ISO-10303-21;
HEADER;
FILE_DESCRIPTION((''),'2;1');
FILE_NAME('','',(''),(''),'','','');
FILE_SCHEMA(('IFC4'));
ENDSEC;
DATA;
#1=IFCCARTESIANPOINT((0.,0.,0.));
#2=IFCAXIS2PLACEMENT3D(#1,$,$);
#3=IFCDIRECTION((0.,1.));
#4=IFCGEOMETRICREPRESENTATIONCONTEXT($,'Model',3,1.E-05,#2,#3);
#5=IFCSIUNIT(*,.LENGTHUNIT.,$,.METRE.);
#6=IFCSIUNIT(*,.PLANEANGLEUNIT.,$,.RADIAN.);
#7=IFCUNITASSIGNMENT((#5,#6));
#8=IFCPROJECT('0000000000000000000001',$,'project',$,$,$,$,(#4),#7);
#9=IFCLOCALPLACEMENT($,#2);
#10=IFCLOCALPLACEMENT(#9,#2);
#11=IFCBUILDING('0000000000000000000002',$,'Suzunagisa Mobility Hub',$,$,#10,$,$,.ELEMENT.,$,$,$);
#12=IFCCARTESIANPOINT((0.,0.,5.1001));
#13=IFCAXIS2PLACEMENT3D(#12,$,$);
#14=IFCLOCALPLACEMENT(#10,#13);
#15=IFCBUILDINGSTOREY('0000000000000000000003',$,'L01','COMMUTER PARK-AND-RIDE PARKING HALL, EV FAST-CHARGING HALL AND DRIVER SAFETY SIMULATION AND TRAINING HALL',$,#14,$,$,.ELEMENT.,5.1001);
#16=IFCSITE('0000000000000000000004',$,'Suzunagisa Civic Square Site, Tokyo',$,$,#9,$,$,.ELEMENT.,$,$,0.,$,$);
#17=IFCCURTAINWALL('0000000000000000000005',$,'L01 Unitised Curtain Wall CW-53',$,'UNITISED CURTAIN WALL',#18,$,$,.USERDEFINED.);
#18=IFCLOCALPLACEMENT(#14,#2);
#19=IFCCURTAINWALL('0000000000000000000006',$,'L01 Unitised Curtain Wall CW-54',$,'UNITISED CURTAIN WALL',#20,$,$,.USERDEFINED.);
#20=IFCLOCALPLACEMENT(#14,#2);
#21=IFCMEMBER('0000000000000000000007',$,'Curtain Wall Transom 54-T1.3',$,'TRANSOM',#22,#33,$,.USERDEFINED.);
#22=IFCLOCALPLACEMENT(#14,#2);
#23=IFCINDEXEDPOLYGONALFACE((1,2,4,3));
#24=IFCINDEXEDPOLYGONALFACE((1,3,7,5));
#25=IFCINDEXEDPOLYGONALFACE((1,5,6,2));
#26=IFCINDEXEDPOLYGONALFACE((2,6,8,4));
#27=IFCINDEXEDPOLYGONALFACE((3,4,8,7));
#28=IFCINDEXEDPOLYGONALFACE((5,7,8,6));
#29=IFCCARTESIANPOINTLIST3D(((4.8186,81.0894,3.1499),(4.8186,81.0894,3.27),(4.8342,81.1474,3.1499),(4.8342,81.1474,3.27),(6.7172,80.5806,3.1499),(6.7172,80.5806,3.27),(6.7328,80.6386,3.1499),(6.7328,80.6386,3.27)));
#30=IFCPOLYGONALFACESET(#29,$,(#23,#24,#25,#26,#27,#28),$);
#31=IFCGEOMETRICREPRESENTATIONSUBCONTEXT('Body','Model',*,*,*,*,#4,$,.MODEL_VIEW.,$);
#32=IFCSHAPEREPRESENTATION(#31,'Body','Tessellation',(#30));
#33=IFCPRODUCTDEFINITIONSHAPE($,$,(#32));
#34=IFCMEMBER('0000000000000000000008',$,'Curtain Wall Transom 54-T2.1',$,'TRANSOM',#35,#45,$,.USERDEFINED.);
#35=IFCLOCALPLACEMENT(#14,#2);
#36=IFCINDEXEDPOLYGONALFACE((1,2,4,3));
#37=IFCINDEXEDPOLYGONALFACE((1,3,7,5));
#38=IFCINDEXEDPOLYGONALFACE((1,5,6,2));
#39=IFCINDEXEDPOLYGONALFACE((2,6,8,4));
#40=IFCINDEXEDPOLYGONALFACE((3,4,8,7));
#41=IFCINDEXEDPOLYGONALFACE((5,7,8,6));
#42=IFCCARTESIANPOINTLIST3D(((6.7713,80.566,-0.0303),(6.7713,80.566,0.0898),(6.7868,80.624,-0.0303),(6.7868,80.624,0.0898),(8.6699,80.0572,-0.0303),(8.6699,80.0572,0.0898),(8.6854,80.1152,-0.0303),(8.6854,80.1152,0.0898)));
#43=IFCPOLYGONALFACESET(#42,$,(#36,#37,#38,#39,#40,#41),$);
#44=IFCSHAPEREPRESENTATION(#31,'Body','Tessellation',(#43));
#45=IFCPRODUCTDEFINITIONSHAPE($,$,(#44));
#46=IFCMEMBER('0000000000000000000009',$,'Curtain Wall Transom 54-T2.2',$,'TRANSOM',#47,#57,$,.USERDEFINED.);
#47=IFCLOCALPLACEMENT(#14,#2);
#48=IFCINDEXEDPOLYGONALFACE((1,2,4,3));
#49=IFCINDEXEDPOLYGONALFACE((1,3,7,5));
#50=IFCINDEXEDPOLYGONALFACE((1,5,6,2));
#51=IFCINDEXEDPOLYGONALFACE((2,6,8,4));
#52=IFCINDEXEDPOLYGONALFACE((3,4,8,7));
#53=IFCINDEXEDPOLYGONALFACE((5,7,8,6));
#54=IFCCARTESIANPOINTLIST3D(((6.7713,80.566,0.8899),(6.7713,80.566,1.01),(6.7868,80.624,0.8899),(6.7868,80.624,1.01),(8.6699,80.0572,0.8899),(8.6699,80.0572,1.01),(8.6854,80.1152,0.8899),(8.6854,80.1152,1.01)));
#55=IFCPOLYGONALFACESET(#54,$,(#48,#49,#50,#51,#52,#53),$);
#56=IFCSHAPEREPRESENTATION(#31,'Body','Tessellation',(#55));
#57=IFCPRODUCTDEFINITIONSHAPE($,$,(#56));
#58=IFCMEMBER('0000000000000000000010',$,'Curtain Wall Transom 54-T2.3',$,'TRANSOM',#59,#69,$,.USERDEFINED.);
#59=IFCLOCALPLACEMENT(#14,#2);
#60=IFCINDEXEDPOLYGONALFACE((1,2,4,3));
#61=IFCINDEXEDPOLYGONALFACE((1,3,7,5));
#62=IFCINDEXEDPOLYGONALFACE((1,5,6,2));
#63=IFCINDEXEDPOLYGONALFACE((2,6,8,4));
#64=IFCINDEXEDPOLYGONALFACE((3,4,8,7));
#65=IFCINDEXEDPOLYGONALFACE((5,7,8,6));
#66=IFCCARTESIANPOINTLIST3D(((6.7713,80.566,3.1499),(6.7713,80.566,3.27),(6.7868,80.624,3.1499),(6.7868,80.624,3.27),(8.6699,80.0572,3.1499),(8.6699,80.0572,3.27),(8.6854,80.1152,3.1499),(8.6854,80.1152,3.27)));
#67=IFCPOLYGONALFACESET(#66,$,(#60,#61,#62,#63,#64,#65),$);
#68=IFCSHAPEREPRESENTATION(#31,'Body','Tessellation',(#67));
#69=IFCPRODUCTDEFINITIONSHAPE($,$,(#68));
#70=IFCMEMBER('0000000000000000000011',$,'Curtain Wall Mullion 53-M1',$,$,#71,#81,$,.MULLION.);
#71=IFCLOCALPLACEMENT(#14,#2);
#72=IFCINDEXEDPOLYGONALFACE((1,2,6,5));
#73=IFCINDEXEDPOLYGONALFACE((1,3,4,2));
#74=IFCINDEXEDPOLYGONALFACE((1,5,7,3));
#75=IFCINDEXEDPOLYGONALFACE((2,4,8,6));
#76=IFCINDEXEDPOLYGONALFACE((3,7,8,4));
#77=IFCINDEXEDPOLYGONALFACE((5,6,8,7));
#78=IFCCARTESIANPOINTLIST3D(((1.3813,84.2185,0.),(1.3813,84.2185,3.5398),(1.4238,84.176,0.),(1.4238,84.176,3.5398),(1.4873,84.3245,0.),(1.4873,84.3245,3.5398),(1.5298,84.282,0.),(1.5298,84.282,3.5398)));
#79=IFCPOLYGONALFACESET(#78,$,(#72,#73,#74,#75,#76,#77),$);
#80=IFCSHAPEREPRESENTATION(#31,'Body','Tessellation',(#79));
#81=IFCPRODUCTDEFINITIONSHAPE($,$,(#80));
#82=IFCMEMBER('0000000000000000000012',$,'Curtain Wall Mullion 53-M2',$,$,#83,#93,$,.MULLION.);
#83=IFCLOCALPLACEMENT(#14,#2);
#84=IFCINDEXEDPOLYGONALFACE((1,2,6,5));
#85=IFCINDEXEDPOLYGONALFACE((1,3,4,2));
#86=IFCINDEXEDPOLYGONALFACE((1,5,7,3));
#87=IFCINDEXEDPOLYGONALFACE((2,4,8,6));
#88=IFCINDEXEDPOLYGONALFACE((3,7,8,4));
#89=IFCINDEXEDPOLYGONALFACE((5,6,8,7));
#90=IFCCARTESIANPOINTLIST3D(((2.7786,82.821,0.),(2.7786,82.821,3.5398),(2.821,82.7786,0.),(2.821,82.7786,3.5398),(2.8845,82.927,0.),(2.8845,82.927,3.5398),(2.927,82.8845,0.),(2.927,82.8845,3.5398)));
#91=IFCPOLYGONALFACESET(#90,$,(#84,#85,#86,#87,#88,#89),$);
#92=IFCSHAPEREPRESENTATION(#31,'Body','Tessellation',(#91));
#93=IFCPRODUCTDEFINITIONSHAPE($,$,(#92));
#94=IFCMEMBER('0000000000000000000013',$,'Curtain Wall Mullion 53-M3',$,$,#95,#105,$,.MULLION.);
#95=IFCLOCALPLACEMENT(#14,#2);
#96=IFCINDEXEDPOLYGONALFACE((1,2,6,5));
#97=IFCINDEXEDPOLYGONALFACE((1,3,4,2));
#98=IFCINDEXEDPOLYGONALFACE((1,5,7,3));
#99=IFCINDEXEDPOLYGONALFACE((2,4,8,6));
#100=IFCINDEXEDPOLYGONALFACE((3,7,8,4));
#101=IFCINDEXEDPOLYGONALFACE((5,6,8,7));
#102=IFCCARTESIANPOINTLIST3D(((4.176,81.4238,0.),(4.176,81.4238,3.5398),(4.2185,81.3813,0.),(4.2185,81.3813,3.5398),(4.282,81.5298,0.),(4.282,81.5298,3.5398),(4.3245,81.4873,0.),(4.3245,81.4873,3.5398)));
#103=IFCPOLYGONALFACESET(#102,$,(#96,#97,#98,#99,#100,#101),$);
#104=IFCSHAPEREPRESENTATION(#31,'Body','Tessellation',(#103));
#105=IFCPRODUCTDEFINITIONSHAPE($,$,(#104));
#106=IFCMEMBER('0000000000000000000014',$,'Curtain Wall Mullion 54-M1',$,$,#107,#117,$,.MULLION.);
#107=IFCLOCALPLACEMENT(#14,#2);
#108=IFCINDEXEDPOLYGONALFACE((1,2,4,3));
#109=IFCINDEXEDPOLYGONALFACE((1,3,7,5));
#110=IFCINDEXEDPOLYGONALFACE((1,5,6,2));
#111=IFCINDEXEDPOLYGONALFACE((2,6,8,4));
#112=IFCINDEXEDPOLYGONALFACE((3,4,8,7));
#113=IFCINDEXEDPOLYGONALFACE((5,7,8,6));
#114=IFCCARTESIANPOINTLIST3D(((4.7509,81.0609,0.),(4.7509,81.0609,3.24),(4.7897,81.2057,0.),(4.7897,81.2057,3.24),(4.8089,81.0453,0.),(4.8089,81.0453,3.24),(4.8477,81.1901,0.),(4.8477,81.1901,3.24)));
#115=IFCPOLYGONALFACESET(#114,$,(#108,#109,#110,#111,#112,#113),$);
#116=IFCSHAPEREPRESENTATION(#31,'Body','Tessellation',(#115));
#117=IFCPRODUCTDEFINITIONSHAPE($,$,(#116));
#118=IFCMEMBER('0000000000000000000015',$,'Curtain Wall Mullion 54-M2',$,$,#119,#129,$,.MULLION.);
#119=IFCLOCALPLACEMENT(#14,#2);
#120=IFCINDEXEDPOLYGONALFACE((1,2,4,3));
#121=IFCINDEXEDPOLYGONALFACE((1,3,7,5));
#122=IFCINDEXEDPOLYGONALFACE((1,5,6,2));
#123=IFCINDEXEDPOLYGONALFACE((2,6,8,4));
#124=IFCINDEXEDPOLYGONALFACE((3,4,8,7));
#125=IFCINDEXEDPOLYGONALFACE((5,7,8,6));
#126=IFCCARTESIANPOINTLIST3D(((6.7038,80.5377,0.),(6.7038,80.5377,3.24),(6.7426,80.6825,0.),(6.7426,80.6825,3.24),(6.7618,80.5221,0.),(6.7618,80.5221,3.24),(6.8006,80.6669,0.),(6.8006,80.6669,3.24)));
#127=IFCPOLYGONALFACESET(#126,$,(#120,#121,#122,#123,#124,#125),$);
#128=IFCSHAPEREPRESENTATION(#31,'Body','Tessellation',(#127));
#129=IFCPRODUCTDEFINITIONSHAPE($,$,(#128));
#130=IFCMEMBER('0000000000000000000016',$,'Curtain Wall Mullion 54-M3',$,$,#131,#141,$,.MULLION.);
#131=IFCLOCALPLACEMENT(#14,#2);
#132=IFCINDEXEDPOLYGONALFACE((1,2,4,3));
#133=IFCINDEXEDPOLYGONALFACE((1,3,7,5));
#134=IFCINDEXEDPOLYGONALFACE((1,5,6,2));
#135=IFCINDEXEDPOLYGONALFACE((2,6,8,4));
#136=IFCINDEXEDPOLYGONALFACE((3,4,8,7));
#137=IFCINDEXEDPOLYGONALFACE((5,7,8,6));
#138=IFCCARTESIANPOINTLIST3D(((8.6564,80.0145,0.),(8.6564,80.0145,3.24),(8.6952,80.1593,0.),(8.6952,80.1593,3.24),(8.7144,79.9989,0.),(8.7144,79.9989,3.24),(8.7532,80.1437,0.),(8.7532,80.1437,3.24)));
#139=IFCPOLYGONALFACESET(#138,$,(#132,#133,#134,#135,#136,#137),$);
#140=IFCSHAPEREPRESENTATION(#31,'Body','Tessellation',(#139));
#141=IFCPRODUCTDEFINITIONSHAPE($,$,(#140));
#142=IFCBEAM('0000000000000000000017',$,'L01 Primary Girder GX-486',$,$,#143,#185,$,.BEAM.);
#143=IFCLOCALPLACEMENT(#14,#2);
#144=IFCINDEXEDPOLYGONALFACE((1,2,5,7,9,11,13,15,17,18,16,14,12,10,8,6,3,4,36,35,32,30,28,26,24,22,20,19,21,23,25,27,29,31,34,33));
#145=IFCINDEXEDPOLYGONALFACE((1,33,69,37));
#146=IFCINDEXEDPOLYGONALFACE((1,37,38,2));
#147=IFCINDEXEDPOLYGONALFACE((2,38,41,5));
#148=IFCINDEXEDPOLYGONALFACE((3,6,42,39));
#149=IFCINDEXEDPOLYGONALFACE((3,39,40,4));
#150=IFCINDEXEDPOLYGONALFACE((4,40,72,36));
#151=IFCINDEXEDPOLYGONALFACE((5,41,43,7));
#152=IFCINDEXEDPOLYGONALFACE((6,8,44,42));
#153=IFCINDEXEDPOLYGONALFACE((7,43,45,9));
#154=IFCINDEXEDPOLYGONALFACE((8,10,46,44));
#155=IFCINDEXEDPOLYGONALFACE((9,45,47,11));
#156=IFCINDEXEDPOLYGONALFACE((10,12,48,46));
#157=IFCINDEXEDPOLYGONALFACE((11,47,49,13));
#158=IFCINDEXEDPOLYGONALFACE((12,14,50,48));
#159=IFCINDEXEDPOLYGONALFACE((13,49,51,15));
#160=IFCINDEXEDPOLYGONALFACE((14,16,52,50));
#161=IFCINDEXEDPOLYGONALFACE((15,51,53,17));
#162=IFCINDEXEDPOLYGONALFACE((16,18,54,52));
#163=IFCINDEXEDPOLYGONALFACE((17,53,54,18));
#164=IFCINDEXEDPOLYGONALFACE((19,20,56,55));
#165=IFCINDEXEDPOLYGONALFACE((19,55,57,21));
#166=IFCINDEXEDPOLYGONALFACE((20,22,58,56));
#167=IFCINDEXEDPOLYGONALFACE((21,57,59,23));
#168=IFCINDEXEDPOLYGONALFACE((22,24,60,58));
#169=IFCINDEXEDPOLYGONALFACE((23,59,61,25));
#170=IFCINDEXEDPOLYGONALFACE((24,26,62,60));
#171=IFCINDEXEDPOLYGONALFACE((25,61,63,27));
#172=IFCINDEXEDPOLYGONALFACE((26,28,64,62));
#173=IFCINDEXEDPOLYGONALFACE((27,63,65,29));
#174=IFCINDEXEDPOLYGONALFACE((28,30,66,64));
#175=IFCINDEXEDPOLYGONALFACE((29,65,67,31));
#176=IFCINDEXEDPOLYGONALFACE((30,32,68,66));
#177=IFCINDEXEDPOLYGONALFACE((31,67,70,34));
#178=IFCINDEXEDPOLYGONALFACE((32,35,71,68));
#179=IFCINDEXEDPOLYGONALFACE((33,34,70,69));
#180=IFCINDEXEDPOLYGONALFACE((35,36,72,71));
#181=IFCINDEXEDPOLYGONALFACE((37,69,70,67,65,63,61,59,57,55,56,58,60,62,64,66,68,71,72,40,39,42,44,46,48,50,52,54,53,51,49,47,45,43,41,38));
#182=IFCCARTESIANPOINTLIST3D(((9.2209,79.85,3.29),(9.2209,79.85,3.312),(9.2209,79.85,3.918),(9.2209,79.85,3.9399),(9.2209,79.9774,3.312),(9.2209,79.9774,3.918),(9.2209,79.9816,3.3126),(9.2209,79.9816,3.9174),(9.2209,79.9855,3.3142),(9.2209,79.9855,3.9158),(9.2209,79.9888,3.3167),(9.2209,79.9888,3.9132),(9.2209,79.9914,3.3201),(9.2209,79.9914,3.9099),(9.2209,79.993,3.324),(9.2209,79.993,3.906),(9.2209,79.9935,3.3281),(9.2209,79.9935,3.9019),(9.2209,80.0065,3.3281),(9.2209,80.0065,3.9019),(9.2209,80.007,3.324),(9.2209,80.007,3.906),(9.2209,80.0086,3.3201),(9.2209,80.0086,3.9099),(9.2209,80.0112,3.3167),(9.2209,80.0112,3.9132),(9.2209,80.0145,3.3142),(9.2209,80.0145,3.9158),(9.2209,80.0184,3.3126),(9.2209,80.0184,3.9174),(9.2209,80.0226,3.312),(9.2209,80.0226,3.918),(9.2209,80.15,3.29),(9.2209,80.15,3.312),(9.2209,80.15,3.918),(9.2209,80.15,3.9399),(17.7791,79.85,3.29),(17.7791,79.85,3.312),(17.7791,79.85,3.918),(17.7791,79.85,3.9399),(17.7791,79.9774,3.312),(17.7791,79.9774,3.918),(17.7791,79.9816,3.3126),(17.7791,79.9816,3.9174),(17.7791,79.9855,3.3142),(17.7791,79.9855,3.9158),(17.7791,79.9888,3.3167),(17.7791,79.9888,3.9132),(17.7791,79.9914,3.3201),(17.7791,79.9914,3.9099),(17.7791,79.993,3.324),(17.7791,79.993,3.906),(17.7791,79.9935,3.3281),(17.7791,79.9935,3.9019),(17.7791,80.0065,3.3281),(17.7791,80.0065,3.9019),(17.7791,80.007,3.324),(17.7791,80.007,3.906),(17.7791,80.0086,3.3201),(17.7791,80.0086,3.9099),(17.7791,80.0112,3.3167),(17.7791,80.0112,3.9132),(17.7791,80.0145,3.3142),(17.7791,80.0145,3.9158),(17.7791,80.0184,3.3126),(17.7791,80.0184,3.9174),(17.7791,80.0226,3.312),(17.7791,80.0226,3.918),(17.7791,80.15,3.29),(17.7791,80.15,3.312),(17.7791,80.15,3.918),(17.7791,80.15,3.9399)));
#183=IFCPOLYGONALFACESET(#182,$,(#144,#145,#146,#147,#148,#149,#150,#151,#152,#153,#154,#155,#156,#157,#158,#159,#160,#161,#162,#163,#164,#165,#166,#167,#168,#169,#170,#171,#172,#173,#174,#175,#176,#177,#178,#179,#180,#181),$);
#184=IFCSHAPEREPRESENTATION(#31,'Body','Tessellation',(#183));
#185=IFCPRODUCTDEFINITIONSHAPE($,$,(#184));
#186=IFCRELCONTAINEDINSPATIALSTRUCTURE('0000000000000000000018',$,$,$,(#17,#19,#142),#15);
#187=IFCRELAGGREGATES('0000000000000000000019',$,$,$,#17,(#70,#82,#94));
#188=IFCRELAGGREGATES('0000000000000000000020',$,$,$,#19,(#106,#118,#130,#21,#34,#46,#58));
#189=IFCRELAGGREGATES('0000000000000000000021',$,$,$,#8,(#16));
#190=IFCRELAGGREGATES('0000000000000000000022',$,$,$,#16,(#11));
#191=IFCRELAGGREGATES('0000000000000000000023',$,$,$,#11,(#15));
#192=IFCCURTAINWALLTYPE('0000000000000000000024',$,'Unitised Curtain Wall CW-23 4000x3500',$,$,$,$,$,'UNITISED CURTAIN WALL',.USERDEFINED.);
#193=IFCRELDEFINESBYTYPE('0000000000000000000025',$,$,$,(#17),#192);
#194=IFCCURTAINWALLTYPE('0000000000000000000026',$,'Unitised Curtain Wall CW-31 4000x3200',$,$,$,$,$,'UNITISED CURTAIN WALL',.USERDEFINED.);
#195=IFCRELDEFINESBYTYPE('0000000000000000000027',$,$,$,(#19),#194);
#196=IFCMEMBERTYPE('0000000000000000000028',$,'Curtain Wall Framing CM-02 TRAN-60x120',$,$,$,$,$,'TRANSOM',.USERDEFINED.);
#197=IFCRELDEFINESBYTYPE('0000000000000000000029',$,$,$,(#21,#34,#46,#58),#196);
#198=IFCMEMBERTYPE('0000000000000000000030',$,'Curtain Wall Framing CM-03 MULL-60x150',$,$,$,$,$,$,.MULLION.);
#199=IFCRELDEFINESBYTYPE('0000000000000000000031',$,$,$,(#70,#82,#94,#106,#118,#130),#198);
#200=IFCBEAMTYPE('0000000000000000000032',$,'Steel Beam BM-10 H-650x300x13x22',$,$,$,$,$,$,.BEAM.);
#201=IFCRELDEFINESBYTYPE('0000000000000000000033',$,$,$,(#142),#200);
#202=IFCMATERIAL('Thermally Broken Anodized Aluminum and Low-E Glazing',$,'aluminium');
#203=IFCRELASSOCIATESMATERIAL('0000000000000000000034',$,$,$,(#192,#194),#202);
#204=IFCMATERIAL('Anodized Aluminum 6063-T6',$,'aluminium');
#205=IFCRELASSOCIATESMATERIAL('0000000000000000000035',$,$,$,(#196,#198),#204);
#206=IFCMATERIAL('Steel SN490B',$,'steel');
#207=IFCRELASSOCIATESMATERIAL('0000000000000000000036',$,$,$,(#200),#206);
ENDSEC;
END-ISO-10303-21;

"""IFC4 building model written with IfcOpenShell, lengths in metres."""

from ifc_helpers import new_model, si_unit, direction, frame, origin, origin_2d, place, context, subcontext, project, spatial, rectangle, i_section, extrude, material, material_profile, profile_set, type_object, element, aggregate, save


model = new_model("IFC4")

# Units and contexts
model_context = context("Model", 3, precision=1e-05, world=origin(), true_north=direction((0.0, 1.0)))
body_context = subcontext(model_context, "Body", "Model", "MODEL_VIEW")
ifc_project = project(units=[si_unit("LENGTHUNIT", "METRE"), si_unit("PLANEANGLEUNIT", "RADIAN")], contexts=[model_context])

# Site, building, storey
site_placement = place(None, origin())
site = spatial("IfcSite", under=ifc_project, at=site_placement, Name="Suzunagisa Civic Square Site, Tokyo", CompositionType="ELEMENT", RefElevation=0.0)
building_placement = place(site_placement, origin())
building = spatial("IfcBuilding", under=site, at=building_placement, Name="Suzunagisa Mobility Hub", CompositionType="ELEMENT")
storey_placement = place(building_placement, frame((0.0, 0.0, 5.1001)))
storey = spatial("IfcBuildingStorey", under=building, at=storey_placement, Name="L01", Description="COMMUTER PARK-AND-RIDE PARKING HALL, EV FAST-CHARGING HALL AND DRIVER SAFETY SIMULATION AND TRAINING HALL", CompositionType="ELEMENT", Elevation=5.1001)

# Shared definitions
ifc_material_1 = material(Name="Steel SN490B", Category="steel")

# Curtain walls, members
ifc_material_2 = material(Name="Thermally Broken Anodized Aluminum and Low-E Glazing", Category="aluminium")
curtain_wall_type_1 = type_object("IfcCurtainWallType", Name="Unitised Curtain Wall CW-23 4000x3500", ElementType="UNITISED CURTAIN WALL", PredefinedType="USERDEFINED", material=ifc_material_2)
curtain_wall_1_placement = place(storey_placement, origin())
curtain_wall_1 = element("IfcCurtainWall", 1, at=curtain_wall_1_placement, inside=storey, type_object=curtain_wall_type_1, Name="L01 Unitised Curtain Wall CW-53", ObjectType="UNITISED CURTAIN WALL", PredefinedType="USERDEFINED")
ifc_material_3 = material(Name="Anodized Aluminum 6063-T6", Category="aluminium")
ifc_material_profile_1 = material_profile(ifc_material_3, rectangle(XDim=0.0601, YDim=0.1201, at=origin_2d()), Name="TRAN-60x120")
ifc_profile_set_1 = profile_set([ifc_material_profile_1], Name="Anodized Aluminum 6063-T6")
member_type_1 = type_object("IfcMemberType", Name="Curtain Wall Framing CM-02 TRAN-60x120", ElementType="TRANSOM", PredefinedType="USERDEFINED", material=ifc_profile_set_1)
curtain_wall_type_2 = type_object("IfcCurtainWallType", Name="Unitised Curtain Wall CW-31 4000x3200", ElementType="UNITISED CURTAIN WALL", PredefinedType="USERDEFINED", material=ifc_material_2)
curtain_wall_2_placement = place(storey_placement, origin())
curtain_wall_2 = element("IfcCurtainWall", 2, at=curtain_wall_2_placement, inside=storey, type_object=curtain_wall_type_2, Name="L01 Unitised Curtain Wall CW-54", ObjectType="UNITISED CURTAIN WALL", PredefinedType="USERDEFINED")
member_1_placement = place(storey_placement, frame((4.8264, 81.1184, 3.21), z_axis=(0.965921, -0.258837, 0.0), x_axis=(0.258837, 0.965921, 0.0)))
member_1 = element("IfcMember", 3, at=member_1_placement, type_object=member_type_1, Name="Curtain Wall Transom 54-T1.3", ObjectType="TRANSOM", PredefinedType="USERDEFINED", context=body_context, shape_type="SweptSolid", body=[
    extrude(rectangle(XDim=0.0601, YDim=0.1201, at=origin_2d()), origin(), (0.0, 0.0, 1.0), 1.9656),
])
member_2_placement = place(storey_placement, frame((6.7791, 80.595, 0.0298), z_axis=(0.965921, -0.258837, 0.0), x_axis=(0.258837, 0.965921, 0.0)))
member_2 = element("IfcMember", 4, at=member_2_placement, type_object=member_type_1, Name="Curtain Wall Transom 54-T2.1", ObjectType="TRANSOM", PredefinedType="USERDEFINED", context=body_context, shape_type="SweptSolid", body=[
    extrude(rectangle(XDim=0.0601, YDim=0.1201, at=origin_2d()), origin(), (0.0, 0.0, 1.0), 1.9656),
])
member_3_placement = place(storey_placement, frame((6.7791, 80.595, 0.95), z_axis=(0.965921, -0.258837, 0.0), x_axis=(0.258837, 0.965921, 0.0)))
member_3 = element("IfcMember", 5, at=member_3_placement, type_object=member_type_1, Name="Curtain Wall Transom 54-T2.2", ObjectType="TRANSOM", PredefinedType="USERDEFINED", context=body_context, shape_type="SweptSolid", body=[
    extrude(rectangle(XDim=0.0601, YDim=0.1201, at=origin_2d()), origin(), (0.0, 0.0, 1.0), 1.9656),
])
member_4_placement = place(storey_placement, frame((6.7791, 80.595, 3.21), z_axis=(0.965921, -0.258837, 0.0), x_axis=(0.258837, 0.965921, 0.0)))
member_4 = element("IfcMember", 6, at=member_4_placement, type_object=member_type_1, Name="Curtain Wall Transom 54-T2.3", ObjectType="TRANSOM", PredefinedType="USERDEFINED", context=body_context, shape_type="SweptSolid", body=[
    extrude(rectangle(XDim=0.0601, YDim=0.1201, at=origin_2d()), origin(), (0.0, 0.0, 1.0), 1.9656),
])

# Members
ifc_material_profile_2 = material_profile(ifc_material_3, rectangle(XDim=0.0601, YDim=0.1499, at=origin_2d()), Name="MULL-60x150")
ifc_profile_set_2 = profile_set([ifc_material_profile_2], Name="Anodized Aluminum 6063-T6")
member_type_2 = type_object("IfcMemberType", Name="Curtain Wall Framing CM-03 MULL-60x150", PredefinedType="MULLION", material=ifc_profile_set_2)
member_5_placement = place(storey_placement, frame((1.4556, 84.2502, 0.0), z_axis=(0.0, 0.0, 1.0), x_axis=(0.707107, -0.707107, 0.0)))
member_5 = element("IfcMember", 7, at=member_5_placement, type_object=member_type_2, Name="Curtain Wall Mullion 53-M1", PredefinedType="MULLION", context=body_context, shape_type="SweptSolid", body=[
    extrude(rectangle(XDim=0.0601, YDim=0.1499, at=origin_2d()), origin(), (0.0, 0.0, 1.0), 3.5398),
])
member_6_placement = place(storey_placement, frame((2.8528, 82.8528, 0.0), z_axis=(0.0, 0.0, 1.0), x_axis=(0.707107, -0.707107, 0.0)))
member_6 = element("IfcMember", 8, at=member_6_placement, type_object=member_type_2, Name="Curtain Wall Mullion 53-M2", PredefinedType="MULLION", context=body_context, shape_type="SweptSolid", body=[
    extrude(rectangle(XDim=0.0601, YDim=0.1499, at=origin_2d()), origin(), (0.0, 0.0, 1.0), 3.5398),
])
member_7_placement = place(storey_placement, frame((4.2502, 81.4556, 0.0), z_axis=(0.0, 0.0, 1.0), x_axis=(0.707107, -0.707107, 0.0)))
member_7 = element("IfcMember", 9, at=member_7_placement, type_object=member_type_2, Name="Curtain Wall Mullion 53-M3", PredefinedType="MULLION", context=body_context, shape_type="SweptSolid", body=[
    extrude(rectangle(XDim=0.0601, YDim=0.1499, at=origin_2d()), origin(), (0.0, 0.0, 1.0), 3.5398),
])
member_8_placement = place(storey_placement, frame((4.7993, 81.1255, 0.0), z_axis=(0.0, 0.0, 1.0), x_axis=(0.965925, -0.258821, 0.0)))
member_8 = element("IfcMember", 10, at=member_8_placement, type_object=member_type_2, Name="Curtain Wall Mullion 54-M1", PredefinedType="MULLION", context=body_context, shape_type="SweptSolid", body=[
    extrude(rectangle(XDim=0.0601, YDim=0.1499, at=origin_2d()), origin(), (0.0, 0.0, 1.0), 3.24),
])
member_9_placement = place(storey_placement, frame((6.7522, 80.6023, 0.0), z_axis=(0.0, 0.0, 1.0), x_axis=(0.965925, -0.258821, 0.0)))
member_9 = element("IfcMember", 11, at=member_9_placement, type_object=member_type_2, Name="Curtain Wall Mullion 54-M2", PredefinedType="MULLION", context=body_context, shape_type="SweptSolid", body=[
    extrude(rectangle(XDim=0.0601, YDim=0.1499, at=origin_2d()), origin(), (0.0, 0.0, 1.0), 3.24),
])
member_10_placement = place(storey_placement, frame((8.7048, 80.0791, 0.0), z_axis=(0.0, 0.0, 1.0), x_axis=(0.965925, -0.258821, 0.0)))
member_10 = element("IfcMember", 12, at=member_10_placement, type_object=member_type_2, Name="Curtain Wall Mullion 54-M3", PredefinedType="MULLION", context=body_context, shape_type="SweptSolid", body=[
    extrude(rectangle(XDim=0.0601, YDim=0.1499, at=origin_2d()), origin(), (0.0, 0.0, 1.0), 3.24),
])

# Beam
ifc_material_profile_3 = material_profile(ifc_material_1, i_section(OverallWidth=0.3, OverallDepth=0.6499, WebThickness=0.0129, FlangeThickness=0.022, FilletRadius=0.0161, at=origin_2d()), Name="H-650x300x13x22")
ifc_profile_set_3 = profile_set([ifc_material_profile_3], Name="Steel SN490B")
beam_type_1 = type_object("IfcBeamType", Name="Steel Beam BM-10 H-650x300x13x22", PredefinedType="BEAM", material=ifc_profile_set_3)
beam_1_placement = place(storey_placement, frame((9.2209, 80.0, 3.615), z_axis=(1.0, 0.0, 0.0), x_axis=(0.0, 1.0, 0.0)))
element("IfcBeam", 13, at=beam_1_placement, inside=storey, type_object=beam_type_1, Name="L01 Primary Girder GX-486", PredefinedType="BEAM", context=body_context, shape_type="SweptSolid", body=[
    extrude(i_section(OverallWidth=0.3, OverallDepth=0.6499, WebThickness=0.0129, FlangeThickness=0.022, FilletRadius=0.0161, at=origin_2d()), origin(), (0.0, 0.0, 1.0), 8.5581),
])

aggregate(curtain_wall_1, [member_5, member_6, member_7])
aggregate(curtain_wall_2, [member_8, member_9, member_10, member_1, member_2, member_3, member_4])

save(model, "model.ifc")
